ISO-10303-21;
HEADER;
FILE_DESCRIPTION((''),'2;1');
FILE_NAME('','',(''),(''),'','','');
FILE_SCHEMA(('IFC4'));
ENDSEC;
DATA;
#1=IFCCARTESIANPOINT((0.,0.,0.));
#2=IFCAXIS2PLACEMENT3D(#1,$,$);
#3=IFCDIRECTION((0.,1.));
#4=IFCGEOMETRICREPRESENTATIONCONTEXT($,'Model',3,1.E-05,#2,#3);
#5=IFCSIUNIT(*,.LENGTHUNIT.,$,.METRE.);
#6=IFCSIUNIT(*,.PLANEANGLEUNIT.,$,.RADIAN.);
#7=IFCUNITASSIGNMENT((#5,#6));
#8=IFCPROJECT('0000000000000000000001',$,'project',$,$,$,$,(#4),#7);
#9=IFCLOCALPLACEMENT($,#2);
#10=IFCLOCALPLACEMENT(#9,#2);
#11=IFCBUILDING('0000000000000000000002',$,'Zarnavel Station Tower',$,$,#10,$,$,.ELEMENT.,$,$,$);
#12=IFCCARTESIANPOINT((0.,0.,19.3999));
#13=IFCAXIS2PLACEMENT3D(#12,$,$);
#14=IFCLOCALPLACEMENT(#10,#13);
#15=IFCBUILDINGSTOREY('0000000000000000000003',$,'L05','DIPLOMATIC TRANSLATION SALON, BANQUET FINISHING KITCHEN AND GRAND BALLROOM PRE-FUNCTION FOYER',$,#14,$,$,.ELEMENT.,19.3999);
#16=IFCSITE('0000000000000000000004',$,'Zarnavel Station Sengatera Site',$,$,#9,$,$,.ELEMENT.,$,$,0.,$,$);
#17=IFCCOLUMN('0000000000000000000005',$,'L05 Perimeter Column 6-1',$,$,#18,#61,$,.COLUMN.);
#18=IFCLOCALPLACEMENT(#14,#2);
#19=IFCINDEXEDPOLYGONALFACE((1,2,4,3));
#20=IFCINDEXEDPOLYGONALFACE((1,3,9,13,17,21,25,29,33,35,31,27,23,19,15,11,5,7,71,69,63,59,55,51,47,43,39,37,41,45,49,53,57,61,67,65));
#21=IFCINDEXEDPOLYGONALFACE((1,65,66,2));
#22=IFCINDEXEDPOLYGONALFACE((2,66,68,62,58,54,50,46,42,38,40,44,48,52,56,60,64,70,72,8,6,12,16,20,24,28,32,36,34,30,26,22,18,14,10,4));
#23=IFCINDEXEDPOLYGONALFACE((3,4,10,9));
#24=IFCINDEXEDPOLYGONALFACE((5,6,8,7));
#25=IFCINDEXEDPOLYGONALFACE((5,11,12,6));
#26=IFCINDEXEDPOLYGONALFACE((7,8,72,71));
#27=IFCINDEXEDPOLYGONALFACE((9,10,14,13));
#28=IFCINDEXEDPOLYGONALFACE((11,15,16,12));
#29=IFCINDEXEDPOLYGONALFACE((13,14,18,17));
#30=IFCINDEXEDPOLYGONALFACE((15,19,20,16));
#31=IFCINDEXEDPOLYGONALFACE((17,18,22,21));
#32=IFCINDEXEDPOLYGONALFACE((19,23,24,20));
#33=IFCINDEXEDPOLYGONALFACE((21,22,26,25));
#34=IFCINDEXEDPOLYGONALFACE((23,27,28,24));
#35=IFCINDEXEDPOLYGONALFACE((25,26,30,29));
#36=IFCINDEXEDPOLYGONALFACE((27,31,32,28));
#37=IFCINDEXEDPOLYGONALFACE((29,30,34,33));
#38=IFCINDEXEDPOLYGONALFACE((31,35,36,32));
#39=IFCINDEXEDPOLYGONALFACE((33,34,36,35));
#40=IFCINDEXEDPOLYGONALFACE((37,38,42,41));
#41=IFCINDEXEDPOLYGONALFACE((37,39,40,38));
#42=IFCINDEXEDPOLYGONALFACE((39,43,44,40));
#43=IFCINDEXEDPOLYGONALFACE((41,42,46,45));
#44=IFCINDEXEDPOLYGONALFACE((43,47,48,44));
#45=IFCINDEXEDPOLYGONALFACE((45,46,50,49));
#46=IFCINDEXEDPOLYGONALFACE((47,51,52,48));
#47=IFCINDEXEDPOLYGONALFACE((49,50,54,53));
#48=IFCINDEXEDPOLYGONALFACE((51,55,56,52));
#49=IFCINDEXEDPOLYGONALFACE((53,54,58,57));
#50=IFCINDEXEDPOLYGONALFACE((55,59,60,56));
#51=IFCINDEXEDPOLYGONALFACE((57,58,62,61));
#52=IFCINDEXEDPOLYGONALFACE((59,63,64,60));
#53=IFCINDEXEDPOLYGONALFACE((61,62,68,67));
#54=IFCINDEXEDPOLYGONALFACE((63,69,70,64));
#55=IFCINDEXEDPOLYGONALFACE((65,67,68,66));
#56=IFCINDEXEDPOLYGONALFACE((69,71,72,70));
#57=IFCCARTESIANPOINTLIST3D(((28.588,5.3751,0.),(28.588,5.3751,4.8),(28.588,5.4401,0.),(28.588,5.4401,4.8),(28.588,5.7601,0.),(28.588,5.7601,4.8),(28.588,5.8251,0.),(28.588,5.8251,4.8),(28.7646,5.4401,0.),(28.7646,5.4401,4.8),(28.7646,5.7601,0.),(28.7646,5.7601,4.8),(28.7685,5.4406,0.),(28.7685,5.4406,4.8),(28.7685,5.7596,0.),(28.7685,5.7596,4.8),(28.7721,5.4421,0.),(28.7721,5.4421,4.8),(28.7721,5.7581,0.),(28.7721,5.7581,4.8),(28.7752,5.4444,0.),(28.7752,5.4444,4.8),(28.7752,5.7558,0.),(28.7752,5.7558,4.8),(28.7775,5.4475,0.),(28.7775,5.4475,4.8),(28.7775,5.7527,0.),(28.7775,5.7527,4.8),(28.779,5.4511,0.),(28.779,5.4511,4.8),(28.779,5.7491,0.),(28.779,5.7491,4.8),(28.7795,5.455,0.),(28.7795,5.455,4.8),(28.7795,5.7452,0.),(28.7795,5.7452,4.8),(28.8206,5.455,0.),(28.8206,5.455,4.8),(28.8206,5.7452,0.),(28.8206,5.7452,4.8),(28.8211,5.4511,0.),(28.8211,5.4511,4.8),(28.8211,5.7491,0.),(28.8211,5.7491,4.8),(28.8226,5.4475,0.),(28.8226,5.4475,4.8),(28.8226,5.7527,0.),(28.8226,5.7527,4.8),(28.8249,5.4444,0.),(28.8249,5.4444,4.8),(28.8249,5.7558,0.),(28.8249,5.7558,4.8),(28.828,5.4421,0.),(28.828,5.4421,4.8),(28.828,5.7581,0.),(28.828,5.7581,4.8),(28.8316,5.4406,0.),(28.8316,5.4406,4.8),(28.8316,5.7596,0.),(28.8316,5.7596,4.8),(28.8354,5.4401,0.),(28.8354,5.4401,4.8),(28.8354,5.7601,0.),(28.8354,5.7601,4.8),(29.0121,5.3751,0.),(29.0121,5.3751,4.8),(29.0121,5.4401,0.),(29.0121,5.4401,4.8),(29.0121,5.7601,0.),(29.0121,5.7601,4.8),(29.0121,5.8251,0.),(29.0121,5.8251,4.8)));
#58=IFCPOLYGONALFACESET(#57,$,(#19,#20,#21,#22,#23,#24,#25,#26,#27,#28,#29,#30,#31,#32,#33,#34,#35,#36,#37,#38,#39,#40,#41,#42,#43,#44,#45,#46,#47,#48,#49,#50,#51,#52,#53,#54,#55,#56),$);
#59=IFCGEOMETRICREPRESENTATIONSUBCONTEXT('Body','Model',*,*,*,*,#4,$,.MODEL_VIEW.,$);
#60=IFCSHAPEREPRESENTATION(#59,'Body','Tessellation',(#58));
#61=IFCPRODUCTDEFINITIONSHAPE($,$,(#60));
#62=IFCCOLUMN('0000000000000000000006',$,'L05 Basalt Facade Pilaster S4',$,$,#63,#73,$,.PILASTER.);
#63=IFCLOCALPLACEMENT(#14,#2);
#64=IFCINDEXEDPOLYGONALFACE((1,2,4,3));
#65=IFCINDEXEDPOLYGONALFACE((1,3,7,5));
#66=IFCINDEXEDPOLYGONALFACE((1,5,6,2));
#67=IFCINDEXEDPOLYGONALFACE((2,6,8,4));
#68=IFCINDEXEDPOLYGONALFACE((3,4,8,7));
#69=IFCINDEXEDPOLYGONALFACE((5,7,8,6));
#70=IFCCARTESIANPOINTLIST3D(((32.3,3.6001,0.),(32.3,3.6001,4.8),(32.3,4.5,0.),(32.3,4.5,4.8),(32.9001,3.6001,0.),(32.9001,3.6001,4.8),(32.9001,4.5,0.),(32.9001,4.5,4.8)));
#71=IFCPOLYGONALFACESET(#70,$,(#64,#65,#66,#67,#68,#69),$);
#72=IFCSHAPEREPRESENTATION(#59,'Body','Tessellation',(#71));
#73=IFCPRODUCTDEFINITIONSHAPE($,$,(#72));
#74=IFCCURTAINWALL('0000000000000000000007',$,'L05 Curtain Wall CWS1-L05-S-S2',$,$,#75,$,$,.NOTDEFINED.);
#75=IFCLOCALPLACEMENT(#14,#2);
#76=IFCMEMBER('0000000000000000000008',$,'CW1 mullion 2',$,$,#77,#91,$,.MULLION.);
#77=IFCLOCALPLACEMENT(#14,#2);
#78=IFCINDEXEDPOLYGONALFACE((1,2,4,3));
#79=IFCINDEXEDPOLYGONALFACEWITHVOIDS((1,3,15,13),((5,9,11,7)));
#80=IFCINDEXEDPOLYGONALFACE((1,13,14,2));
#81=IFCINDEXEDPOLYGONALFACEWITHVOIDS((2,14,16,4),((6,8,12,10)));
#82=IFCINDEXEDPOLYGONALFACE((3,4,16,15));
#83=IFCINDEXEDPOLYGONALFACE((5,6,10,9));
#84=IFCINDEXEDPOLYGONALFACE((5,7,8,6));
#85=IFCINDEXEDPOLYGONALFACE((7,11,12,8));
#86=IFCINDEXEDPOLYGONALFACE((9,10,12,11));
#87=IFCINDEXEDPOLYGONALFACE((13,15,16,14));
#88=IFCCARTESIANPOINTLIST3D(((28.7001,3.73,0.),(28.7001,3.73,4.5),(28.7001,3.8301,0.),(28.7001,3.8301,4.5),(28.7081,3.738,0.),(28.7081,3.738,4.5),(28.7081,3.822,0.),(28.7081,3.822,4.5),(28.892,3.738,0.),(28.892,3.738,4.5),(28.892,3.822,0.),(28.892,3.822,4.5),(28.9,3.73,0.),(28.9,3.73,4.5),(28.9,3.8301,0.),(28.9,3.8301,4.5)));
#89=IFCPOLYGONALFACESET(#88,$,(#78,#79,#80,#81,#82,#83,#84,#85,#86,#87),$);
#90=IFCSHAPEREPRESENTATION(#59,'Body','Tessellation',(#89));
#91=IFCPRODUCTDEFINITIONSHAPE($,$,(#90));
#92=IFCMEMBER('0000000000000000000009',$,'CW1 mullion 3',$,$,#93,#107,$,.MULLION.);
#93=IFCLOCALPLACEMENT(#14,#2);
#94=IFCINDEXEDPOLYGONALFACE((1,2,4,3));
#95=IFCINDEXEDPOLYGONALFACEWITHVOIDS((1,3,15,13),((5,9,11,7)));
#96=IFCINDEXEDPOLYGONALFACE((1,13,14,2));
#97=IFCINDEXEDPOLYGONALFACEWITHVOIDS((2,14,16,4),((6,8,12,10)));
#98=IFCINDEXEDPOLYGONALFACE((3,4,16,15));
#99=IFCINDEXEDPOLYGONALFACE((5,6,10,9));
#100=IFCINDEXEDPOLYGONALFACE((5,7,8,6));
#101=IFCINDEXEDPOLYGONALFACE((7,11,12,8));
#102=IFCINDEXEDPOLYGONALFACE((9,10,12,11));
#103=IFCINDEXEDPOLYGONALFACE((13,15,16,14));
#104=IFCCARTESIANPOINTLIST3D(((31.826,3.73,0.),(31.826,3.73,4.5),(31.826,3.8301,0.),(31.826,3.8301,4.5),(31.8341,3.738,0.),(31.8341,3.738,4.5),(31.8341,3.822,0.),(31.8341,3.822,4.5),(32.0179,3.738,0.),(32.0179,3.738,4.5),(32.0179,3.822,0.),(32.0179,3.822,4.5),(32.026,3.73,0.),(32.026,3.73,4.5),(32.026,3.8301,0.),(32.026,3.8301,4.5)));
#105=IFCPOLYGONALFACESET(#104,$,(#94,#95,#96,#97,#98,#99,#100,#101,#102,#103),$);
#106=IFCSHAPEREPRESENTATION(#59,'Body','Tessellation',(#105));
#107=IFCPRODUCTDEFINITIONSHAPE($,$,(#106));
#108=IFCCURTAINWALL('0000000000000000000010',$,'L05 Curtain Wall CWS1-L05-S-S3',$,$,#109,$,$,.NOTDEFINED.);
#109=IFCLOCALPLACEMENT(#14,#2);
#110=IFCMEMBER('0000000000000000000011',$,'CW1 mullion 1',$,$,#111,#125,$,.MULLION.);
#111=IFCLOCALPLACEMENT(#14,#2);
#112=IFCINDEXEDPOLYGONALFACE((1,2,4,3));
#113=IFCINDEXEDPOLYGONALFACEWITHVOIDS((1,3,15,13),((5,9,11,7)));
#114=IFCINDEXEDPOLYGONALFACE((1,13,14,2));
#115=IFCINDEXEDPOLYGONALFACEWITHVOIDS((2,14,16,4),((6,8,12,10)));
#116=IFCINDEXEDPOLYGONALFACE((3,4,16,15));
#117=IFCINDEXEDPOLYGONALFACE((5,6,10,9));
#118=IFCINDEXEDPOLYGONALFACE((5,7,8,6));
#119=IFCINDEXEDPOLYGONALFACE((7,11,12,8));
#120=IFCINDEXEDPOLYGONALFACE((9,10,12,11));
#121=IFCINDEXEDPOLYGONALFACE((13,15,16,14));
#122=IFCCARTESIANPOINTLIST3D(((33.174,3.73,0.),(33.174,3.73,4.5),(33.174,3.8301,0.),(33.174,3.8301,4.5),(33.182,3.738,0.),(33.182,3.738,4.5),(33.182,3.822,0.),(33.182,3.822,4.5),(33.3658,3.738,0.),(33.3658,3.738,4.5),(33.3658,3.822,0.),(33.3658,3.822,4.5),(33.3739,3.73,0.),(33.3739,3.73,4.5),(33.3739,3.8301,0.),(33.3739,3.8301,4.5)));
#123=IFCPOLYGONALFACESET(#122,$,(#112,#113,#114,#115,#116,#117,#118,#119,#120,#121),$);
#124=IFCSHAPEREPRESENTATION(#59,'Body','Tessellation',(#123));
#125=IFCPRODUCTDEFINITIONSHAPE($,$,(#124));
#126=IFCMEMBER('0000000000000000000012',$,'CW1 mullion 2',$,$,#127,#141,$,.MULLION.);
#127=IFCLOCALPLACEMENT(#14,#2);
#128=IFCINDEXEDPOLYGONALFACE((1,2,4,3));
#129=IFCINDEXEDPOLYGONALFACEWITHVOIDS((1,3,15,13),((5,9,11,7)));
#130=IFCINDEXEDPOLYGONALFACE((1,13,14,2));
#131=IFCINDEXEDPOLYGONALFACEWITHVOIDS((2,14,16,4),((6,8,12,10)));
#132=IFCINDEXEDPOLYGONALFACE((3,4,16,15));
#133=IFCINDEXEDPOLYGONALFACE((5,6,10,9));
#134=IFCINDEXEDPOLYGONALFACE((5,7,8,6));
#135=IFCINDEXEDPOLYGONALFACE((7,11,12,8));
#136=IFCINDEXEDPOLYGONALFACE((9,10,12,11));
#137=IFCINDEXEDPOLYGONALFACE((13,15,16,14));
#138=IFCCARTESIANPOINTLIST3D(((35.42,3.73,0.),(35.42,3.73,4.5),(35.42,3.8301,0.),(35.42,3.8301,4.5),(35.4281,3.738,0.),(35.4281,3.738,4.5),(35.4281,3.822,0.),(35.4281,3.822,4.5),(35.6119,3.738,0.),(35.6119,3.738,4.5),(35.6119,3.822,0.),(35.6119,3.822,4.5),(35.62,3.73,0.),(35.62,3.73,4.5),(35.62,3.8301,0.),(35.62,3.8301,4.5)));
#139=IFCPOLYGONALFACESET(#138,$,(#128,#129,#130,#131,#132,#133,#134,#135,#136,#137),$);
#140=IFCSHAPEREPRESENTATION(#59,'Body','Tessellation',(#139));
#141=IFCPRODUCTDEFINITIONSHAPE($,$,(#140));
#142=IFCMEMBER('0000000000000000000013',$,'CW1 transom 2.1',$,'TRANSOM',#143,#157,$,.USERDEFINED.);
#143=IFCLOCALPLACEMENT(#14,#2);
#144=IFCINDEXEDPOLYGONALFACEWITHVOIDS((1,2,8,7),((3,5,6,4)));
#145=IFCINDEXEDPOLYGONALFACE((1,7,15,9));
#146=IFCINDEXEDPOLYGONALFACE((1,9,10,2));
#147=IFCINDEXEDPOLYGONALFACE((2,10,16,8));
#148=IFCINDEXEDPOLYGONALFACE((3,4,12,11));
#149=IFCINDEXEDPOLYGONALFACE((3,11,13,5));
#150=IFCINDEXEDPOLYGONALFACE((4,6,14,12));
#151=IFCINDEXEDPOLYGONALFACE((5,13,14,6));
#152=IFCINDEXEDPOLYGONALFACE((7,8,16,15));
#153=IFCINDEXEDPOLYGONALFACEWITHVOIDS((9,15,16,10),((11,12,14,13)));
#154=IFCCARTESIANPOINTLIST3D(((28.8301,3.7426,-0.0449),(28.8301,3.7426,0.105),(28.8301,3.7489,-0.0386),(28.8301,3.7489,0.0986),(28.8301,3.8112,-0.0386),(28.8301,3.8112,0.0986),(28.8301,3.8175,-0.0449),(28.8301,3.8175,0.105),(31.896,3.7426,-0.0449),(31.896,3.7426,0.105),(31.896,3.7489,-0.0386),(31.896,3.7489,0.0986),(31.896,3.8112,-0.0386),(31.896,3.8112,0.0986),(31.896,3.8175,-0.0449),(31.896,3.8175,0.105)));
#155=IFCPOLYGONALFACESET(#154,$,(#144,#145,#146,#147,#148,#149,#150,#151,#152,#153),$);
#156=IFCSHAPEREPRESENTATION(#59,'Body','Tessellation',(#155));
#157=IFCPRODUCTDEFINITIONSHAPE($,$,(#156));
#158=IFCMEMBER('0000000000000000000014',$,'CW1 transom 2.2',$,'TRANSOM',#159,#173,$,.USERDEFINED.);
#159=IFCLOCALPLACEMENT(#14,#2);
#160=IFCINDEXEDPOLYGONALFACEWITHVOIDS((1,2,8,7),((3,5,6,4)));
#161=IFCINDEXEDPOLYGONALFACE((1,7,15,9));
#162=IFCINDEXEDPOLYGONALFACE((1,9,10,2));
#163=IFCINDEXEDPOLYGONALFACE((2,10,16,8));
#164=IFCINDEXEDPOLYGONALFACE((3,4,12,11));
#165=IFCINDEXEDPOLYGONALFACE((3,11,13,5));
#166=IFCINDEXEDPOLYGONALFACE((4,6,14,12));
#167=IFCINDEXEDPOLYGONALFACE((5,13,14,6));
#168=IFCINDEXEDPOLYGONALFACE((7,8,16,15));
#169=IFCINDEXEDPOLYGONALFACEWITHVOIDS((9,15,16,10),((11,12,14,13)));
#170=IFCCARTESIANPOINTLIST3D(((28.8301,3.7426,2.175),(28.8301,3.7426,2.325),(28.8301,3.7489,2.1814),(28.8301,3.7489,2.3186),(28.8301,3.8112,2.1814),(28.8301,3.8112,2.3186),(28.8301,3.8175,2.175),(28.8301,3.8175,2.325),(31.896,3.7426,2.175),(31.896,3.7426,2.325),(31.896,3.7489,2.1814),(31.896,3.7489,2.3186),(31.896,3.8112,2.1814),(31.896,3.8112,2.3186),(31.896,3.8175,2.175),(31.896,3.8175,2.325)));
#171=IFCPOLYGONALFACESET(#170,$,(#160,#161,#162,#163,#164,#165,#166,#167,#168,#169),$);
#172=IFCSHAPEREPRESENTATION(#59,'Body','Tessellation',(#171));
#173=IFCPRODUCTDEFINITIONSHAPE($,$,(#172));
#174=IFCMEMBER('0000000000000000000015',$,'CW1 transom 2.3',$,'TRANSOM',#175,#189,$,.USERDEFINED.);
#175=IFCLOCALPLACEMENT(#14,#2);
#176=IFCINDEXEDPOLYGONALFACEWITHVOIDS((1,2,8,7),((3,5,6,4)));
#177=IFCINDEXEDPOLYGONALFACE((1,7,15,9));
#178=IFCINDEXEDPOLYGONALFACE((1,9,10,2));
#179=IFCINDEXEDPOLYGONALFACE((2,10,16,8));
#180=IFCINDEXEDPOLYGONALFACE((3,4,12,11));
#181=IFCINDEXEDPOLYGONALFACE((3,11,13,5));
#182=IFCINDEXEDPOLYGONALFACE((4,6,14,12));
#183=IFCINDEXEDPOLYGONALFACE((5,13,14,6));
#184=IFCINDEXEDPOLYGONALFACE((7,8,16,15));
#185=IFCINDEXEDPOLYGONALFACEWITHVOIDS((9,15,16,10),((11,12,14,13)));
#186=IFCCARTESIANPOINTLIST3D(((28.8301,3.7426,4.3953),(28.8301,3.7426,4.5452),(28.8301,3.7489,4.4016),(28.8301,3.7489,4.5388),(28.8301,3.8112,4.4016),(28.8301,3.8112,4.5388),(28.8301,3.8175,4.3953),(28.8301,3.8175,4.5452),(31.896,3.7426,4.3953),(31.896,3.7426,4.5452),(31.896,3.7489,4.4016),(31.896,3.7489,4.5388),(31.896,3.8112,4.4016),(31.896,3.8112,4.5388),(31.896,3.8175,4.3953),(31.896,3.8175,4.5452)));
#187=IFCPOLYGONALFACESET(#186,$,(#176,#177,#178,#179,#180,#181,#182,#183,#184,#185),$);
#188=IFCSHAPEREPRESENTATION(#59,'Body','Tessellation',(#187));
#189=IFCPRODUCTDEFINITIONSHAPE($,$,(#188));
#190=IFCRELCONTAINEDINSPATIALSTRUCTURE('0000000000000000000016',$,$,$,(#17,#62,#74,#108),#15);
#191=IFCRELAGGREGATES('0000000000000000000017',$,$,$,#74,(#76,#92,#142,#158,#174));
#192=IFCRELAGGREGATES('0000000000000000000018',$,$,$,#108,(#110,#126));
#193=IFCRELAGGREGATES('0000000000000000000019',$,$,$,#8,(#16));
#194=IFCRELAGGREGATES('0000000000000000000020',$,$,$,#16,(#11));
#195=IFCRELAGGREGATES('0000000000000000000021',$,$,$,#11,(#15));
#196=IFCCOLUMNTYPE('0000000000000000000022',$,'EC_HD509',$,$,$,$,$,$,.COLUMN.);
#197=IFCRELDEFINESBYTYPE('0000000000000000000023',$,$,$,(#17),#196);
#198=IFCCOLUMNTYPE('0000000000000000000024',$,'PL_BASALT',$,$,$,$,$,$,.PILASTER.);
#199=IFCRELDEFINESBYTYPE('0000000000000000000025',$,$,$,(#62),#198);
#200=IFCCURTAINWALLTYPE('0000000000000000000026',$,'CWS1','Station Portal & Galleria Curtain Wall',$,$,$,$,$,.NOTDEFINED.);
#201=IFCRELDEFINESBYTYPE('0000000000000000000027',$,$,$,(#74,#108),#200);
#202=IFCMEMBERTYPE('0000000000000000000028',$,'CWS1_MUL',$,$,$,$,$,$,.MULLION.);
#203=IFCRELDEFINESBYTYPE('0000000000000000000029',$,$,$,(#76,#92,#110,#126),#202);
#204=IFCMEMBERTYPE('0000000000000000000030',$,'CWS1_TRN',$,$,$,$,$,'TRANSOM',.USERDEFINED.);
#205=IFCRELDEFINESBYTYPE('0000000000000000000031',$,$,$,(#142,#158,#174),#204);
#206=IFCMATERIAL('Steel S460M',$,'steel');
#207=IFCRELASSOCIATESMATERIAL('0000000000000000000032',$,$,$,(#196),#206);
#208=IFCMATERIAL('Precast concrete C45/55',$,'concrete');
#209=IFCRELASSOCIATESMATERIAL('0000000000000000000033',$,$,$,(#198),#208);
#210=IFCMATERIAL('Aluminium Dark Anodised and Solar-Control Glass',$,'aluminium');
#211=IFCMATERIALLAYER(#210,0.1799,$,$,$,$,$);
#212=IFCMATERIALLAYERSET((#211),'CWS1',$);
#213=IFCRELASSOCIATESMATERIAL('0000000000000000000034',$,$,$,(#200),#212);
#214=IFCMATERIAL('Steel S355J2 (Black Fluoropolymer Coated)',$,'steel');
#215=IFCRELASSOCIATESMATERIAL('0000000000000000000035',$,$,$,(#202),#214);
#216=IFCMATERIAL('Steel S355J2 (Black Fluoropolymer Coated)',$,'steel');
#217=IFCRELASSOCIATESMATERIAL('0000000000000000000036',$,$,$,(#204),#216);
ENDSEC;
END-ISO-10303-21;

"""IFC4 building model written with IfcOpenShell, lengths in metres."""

from ifc_helpers import new_model, si_unit, direction, frame, origin, origin_2d, place, context, subcontext, project, spatial, rectangle, hollow_rectangle, i_section, extrude, material, layer, layer_set, material_profile, profile_set, type_object, element, aggregate, save


model = new_model("IFC4")

# Units and contexts
model_context = context("Model", 3, precision=1e-05, world=origin(), true_north=direction((0.0, 1.0)))
body_context = subcontext(model_context, "Body", "Model", "MODEL_VIEW")
ifc_project = project(units=[si_unit("LENGTHUNIT", "METRE"), si_unit("PLANEANGLEUNIT", "RADIAN")], contexts=[model_context])

# Site, building, storey
site_placement = place(None, origin())
site = spatial("IfcSite", under=ifc_project, at=site_placement, Name="Zarnavel Station Sengatera Site", CompositionType="ELEMENT", RefElevation=0.0)
building_placement = place(site_placement, origin())
building = spatial("IfcBuilding", under=site, at=building_placement, Name="Zarnavel Station Tower", CompositionType="ELEMENT")
storey_placement = place(building_placement, frame((0.0, 0.0, 19.3999)))
storey = spatial("IfcBuildingStorey", under=building, at=storey_placement, Name="L05", Description="DIPLOMATIC TRANSLATION SALON, BANQUET FINISHING KITCHEN AND GRAND BALLROOM PRE-FUNCTION FOYER", CompositionType="ELEMENT", Elevation=19.3999)

# Columns
ifc_material_1 = material(Name="Steel S460M", Category="steel")
ifc_material_profile_1 = material_profile(ifc_material_1, i_section(OverallWidth=0.4241, OverallDepth=0.45, WebThickness=0.041, FlangeThickness=0.0649, FilletRadius=0.0149, at=origin_2d()), Name="HD400x509")
ifc_profile_set_1 = profile_set([ifc_material_profile_1], Name="Steel S460M")
column_type_1 = type_object("IfcColumnType", Name="EC_HD509", PredefinedType="COLUMN", material=ifc_profile_set_1)
column_1_placement = place(storey_placement, frame((28.8, 5.6001, 0.0), z_axis=(0.0, 0.0, 1.0), x_axis=(1.0, 0.0, 0.0)))
element("IfcColumn", 1, at=column_1_placement, inside=storey, type_object=column_type_1, Name="L05 Perimeter Column 6-1", PredefinedType="COLUMN", context=body_context, shape_type="SweptSolid", body=[
    extrude(i_section(OverallWidth=0.4241, OverallDepth=0.45, WebThickness=0.041, FlangeThickness=0.0649, FilletRadius=0.0149, at=origin_2d()), origin(), (0.0, 0.0, 1.0), 4.8),
])
ifc_material_2 = material(Name="Precast concrete C45/55", Category="concrete")
ifc_material_profile_2 = material_profile(ifc_material_2, rectangle(XDim=0.6001, YDim=0.8999, at=origin_2d()), Name="RC600x900")
ifc_profile_set_2 = profile_set([ifc_material_profile_2], Name="Precast concrete C45/55")
column_type_2 = type_object("IfcColumnType", Name="PL_BASALT", PredefinedType="PILASTER", material=ifc_profile_set_2)
column_2_placement = place(storey_placement, frame((32.6001, 4.05, 0.0), z_axis=(0.0, 0.0, 1.0), x_axis=(1.0, 0.0, 0.0)))
element("IfcColumn", 2, at=column_2_placement, inside=storey, type_object=column_type_2, Name="L05 Basalt Facade Pilaster S4", PredefinedType="PILASTER", context=body_context, shape_type="SweptSolid", body=[
    extrude(rectangle(XDim=0.6001, YDim=0.8999, at=origin_2d()), origin(), (0.0, 0.0, 1.0), 4.8),
])

# Curtain walls, members
ifc_material_3 = material(Name="Aluminium Dark Anodised and Solar-Control Glass", Category="aluminium")
ifc_layer_1 = layer(ifc_material_3, 0.1799)
ifc_layer_set_1 = layer_set([ifc_layer_1], Name="CWS1")
curtain_wall_type = type_object("IfcCurtainWallType", Name="CWS1", Description="Station Portal & Galleria Curtain Wall", PredefinedType="NOTDEFINED", material=ifc_layer_set_1)
curtain_wall_1_placement = place(storey_placement, origin())
curtain_wall_1 = element("IfcCurtainWall", 3, at=curtain_wall_1_placement, inside=storey, type_object=curtain_wall_type, Name="L05 Curtain Wall CWS1-L05-S-S2", PredefinedType="NOTDEFINED")
ifc_material_4 = material(Name="Steel S355J2 (Black Fluoropolymer Coated)", Category="steel")
ifc_material_profile_3 = material_profile(ifc_material_4, hollow_rectangle(XDim=0.1001, YDim=0.2, WallThickness=0.0081, at=origin_2d()), Name="RHS200x100x8")
ifc_profile_set_3 = profile_set([ifc_material_profile_3], Name="Steel S355J2 (Black Fluoropolymer Coated)")
member_type_1 = type_object("IfcMemberType", Name="CWS1_MUL", PredefinedType="MULLION", material=ifc_profile_set_3)
member_1_placement = place(storey_placement, frame((28.8, 3.78, 0.0), z_axis=(0.0, 0.0, 1.0), x_axis=(0.0, 1.0, 0.0)))
member_1 = element("IfcMember", 4, at=member_1_placement, type_object=member_type_1, Name="CW1 mullion 2", PredefinedType="MULLION", context=body_context, shape_type="SweptSolid", body=[
    extrude(hollow_rectangle(XDim=0.1001, YDim=0.2, WallThickness=0.0081, at=origin_2d()), origin(), (0.0, 0.0, 1.0), 4.5),
])
member_2_placement = place(storey_placement, frame((31.926, 3.78, 0.0), z_axis=(0.0, 0.0, 1.0), x_axis=(0.0, 1.0, 0.0)))
member_2 = element("IfcMember", 5, at=member_2_placement, type_object=member_type_1, Name="CW1 mullion 3", PredefinedType="MULLION", context=body_context, shape_type="SweptSolid", body=[
    extrude(hollow_rectangle(XDim=0.1001, YDim=0.2, WallThickness=0.0081, at=origin_2d()), origin(), (0.0, 0.0, 1.0), 4.5),
])
curtain_wall_2_placement = place(storey_placement, origin())
curtain_wall_2 = element("IfcCurtainWall", 6, at=curtain_wall_2_placement, inside=storey, type_object=curtain_wall_type, Name="L05 Curtain Wall CWS1-L05-S-S3", PredefinedType="NOTDEFINED")
member_3_placement = place(storey_placement, frame((33.2739, 3.78, 0.0), z_axis=(0.0, 0.0, 1.0), x_axis=(0.0, 1.0, 0.0)))
member_3 = element("IfcMember", 7, at=member_3_placement, type_object=member_type_1, Name="CW1 mullion 1", PredefinedType="MULLION", context=body_context, shape_type="SweptSolid", body=[
    extrude(hollow_rectangle(XDim=0.1001, YDim=0.2, WallThickness=0.0081, at=origin_2d()), origin(), (0.0, 0.0, 1.0), 4.5),
])
member_4_placement = place(storey_placement, frame((35.52, 3.78, 0.0), z_axis=(0.0, 0.0, 1.0), x_axis=(0.0, 1.0, 0.0)))
member_4 = element("IfcMember", 8, at=member_4_placement, type_object=member_type_1, Name="CW1 mullion 2", PredefinedType="MULLION", context=body_context, shape_type="SweptSolid", body=[
    extrude(hollow_rectangle(XDim=0.1001, YDim=0.2, WallThickness=0.0081, at=origin_2d()), origin(), (0.0, 0.0, 1.0), 4.5),
])

# Members
ifc_material_5 = material(Name="Steel S355J2 (Black Fluoropolymer Coated)", Category="steel")
ifc_material_profile_4 = material_profile(ifc_material_5, hollow_rectangle(XDim=0.075, YDim=0.1499, WallThickness=0.0063, at=origin_2d()), Name="RHS150x75x6.3")
ifc_profile_set_4 = profile_set([ifc_material_profile_4], Name="Steel S355J2 (Black Fluoropolymer Coated)")
member_type_2 = type_object("IfcMemberType", Name="CWS1_TRN", ElementType="TRANSOM", PredefinedType="USERDEFINED", material=ifc_profile_set_4)
member_5_placement = place(storey_placement, frame((28.8301, 3.78, 0.03), z_axis=(1.0, 0.0, 0.0), x_axis=(0.0, 1.0, 0.0)))
member_5 = element("IfcMember", 9, at=member_5_placement, type_object=member_type_2, Name="CW1 transom 2.1", ObjectType="TRANSOM", PredefinedType="USERDEFINED", context=body_context, shape_type="SweptSolid", body=[
    extrude(hollow_rectangle(XDim=0.075, YDim=0.1499, WallThickness=0.0063, at=origin_2d()), origin(), (0.0, 0.0, 1.0), 3.0659),
])
member_6_placement = place(storey_placement, frame((28.8301, 3.78, 2.25), z_axis=(1.0, 0.0, 0.0), x_axis=(0.0, 1.0, 0.0)))
member_6 = element("IfcMember", 10, at=member_6_placement, type_object=member_type_2, Name="CW1 transom 2.2", ObjectType="TRANSOM", PredefinedType="USERDEFINED", context=body_context, shape_type="SweptSolid", body=[
    extrude(hollow_rectangle(XDim=0.075, YDim=0.1499, WallThickness=0.0063, at=origin_2d()), origin(), (0.0, 0.0, 1.0), 3.0659),
])
member_7_placement = place(storey_placement, frame((28.8301, 3.78, 4.4702), z_axis=(1.0, 0.0, 0.0), x_axis=(0.0, 1.0, 0.0)))
member_7 = element("IfcMember", 11, at=member_7_placement, type_object=member_type_2, Name="CW1 transom 2.3", ObjectType="TRANSOM", PredefinedType="USERDEFINED", context=body_context, shape_type="SweptSolid", body=[
    extrude(hollow_rectangle(XDim=0.075, YDim=0.1499, WallThickness=0.0063, at=origin_2d()), origin(), (0.0, 0.0, 1.0), 3.0659),
])

aggregate(curtain_wall_1, [member_1, member_2, member_5, member_6, member_7])
aggregate(curtain_wall_2, [member_3, member_4])

save(model, "model.ifc")
